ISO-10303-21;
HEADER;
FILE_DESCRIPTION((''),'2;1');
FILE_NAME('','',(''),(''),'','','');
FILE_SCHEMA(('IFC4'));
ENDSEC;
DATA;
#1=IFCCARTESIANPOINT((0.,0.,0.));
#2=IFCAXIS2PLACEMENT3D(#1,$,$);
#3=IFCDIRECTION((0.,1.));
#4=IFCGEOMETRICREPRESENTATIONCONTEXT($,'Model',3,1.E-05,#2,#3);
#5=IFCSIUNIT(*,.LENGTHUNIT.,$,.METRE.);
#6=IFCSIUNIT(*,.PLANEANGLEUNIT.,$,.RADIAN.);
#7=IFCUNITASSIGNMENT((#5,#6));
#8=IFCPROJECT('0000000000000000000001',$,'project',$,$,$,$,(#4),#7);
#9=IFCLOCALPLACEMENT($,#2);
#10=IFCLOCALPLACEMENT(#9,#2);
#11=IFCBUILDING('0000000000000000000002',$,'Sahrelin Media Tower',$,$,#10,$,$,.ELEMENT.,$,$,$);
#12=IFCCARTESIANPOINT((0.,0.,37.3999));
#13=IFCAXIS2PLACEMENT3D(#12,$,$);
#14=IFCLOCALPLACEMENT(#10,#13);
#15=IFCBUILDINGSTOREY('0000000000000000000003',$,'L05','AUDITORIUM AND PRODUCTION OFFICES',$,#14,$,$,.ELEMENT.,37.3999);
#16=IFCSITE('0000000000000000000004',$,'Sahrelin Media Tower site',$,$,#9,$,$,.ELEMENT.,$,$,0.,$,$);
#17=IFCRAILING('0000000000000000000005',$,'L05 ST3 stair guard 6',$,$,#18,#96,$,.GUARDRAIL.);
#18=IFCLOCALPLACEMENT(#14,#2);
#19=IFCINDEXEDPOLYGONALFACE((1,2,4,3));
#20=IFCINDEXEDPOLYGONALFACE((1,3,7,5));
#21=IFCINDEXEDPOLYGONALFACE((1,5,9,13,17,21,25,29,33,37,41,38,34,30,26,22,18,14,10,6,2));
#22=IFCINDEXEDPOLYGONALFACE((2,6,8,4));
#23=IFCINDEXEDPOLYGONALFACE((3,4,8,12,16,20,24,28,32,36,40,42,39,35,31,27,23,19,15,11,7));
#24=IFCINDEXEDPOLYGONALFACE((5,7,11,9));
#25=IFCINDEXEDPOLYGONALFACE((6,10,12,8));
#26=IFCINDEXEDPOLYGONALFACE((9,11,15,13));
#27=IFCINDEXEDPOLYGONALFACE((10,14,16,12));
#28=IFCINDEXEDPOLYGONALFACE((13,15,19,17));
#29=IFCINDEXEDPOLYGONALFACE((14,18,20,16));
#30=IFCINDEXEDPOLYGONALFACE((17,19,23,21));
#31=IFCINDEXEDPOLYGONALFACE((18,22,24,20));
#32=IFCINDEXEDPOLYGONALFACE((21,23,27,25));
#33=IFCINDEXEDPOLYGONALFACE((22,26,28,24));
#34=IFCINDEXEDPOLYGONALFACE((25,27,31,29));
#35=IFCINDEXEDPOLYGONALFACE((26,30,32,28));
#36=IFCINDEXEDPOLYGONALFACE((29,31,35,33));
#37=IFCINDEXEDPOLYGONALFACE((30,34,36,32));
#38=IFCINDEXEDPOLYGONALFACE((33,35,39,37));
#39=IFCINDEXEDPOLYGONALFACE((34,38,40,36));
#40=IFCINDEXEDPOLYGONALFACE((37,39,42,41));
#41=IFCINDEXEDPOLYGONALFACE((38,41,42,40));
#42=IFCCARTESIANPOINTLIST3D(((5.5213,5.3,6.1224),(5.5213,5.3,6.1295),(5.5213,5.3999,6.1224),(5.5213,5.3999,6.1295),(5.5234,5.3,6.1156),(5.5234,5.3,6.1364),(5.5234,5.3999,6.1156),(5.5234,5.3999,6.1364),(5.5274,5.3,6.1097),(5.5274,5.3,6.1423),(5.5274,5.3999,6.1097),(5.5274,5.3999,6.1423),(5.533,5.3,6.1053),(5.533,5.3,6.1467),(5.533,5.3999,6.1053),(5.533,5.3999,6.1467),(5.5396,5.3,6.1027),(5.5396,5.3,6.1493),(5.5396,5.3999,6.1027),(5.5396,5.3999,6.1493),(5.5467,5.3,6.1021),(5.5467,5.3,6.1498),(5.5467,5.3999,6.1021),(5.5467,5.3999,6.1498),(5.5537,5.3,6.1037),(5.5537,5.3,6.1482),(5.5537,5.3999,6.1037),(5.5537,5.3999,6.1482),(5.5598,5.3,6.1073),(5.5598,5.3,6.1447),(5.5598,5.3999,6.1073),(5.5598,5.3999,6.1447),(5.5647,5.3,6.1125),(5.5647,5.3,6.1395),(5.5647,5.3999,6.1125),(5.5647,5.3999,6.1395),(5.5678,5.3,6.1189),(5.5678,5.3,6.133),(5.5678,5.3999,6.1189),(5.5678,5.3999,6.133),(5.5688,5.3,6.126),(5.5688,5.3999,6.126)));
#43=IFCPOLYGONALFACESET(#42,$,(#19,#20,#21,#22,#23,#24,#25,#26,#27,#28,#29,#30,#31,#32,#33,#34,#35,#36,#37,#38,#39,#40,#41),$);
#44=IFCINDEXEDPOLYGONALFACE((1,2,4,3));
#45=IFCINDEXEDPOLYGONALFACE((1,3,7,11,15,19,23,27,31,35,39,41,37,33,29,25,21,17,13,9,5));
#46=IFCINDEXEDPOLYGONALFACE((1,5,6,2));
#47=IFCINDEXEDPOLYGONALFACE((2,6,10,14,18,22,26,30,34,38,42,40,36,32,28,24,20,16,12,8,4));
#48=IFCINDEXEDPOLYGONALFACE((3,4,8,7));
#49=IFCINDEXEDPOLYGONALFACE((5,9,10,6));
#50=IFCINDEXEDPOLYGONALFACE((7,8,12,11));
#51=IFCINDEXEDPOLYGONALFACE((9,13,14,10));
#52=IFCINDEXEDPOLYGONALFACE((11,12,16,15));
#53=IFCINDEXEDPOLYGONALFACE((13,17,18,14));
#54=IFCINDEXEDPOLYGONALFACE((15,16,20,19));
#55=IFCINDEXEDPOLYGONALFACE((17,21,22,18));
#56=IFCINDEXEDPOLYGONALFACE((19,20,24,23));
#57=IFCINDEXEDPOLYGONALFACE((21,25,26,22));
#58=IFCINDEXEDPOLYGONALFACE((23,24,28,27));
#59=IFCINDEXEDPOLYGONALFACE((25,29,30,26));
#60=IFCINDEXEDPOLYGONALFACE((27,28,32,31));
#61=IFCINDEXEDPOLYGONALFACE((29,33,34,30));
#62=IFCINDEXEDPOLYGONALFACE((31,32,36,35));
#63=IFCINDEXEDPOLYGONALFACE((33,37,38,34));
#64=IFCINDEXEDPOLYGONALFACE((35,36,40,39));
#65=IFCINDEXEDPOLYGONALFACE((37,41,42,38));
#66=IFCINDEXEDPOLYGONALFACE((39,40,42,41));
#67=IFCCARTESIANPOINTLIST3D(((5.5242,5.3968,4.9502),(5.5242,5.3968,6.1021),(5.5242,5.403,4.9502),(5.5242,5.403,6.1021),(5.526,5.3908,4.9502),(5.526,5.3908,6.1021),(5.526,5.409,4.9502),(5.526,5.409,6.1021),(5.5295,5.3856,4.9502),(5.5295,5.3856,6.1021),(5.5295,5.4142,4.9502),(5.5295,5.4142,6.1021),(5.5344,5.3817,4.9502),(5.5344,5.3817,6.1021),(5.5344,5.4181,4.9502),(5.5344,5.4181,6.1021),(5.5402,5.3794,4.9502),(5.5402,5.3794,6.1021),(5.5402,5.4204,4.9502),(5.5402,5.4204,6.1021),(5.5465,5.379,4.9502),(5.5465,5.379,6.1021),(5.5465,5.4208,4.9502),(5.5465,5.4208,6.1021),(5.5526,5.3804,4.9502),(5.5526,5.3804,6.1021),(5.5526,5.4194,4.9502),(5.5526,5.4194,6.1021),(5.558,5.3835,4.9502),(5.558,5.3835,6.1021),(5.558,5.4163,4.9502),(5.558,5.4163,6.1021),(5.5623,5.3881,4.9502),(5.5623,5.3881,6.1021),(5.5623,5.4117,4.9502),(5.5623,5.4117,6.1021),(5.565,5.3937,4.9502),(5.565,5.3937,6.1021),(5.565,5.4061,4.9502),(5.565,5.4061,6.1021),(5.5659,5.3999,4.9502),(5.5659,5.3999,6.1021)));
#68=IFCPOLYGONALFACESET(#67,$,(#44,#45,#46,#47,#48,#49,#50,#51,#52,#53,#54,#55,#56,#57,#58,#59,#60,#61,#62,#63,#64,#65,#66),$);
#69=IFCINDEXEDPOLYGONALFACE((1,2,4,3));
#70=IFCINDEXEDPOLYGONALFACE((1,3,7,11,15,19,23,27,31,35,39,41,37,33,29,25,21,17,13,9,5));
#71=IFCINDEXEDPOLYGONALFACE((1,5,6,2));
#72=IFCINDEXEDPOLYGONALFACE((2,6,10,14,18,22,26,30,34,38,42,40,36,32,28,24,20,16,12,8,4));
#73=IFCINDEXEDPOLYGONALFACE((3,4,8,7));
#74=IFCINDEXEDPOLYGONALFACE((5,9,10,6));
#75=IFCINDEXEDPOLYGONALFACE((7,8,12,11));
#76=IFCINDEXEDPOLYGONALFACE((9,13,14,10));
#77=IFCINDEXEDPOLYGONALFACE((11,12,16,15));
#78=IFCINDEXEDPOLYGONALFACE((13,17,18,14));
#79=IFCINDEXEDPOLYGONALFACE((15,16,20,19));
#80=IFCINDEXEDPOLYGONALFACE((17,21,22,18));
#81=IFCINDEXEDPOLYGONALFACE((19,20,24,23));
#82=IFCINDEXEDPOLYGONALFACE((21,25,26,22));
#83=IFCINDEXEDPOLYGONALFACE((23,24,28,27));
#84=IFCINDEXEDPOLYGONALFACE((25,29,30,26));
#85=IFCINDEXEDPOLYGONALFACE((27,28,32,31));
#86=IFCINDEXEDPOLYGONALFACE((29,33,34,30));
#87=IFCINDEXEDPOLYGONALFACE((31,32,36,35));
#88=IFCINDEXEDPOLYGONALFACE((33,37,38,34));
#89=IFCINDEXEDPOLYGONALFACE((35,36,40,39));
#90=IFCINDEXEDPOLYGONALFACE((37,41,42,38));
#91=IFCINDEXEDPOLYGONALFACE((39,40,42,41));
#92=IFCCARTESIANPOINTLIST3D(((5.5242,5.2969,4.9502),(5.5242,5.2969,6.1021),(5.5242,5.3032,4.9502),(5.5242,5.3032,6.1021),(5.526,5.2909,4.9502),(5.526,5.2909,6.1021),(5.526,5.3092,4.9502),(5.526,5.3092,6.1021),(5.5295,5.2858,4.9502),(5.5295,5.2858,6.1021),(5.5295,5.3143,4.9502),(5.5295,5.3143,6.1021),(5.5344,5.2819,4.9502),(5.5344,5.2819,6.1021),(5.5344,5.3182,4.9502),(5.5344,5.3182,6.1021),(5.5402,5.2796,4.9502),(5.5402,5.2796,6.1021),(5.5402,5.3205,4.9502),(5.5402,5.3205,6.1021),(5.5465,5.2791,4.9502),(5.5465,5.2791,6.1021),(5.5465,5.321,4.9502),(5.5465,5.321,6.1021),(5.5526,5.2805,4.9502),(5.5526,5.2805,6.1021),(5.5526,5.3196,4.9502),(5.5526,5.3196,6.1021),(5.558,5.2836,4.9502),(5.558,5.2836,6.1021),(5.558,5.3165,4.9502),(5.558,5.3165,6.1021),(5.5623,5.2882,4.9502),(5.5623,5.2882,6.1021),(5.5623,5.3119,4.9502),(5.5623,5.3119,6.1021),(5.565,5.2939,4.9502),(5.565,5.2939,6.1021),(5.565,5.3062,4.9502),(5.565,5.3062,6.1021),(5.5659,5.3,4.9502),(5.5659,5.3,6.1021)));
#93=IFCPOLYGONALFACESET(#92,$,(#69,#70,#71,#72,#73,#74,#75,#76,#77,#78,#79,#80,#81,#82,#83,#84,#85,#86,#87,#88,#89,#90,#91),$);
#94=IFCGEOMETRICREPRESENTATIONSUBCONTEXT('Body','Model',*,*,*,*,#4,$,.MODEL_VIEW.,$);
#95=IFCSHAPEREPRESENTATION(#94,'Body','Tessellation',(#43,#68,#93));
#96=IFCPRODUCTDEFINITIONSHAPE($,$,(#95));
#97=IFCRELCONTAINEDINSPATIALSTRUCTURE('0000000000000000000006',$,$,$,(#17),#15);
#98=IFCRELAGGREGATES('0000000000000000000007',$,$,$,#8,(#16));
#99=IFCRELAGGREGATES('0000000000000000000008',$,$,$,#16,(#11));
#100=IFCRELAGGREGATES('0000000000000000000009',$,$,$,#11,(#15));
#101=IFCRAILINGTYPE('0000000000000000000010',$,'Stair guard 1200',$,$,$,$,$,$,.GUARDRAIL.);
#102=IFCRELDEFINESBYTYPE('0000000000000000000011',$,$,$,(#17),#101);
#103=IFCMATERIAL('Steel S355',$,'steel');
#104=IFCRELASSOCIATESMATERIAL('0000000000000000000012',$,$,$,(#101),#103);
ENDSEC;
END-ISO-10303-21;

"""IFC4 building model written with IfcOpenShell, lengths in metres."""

from ifc_helpers import new_model, si_unit, direction, frame, origin, origin_2d, place, context, subcontext, project, spatial, circle, extrude, material, type_object, element, save


model = new_model("IFC4")

# Units and contexts
model_context = context("Model", 3, precision=1e-05, world=origin(), true_north=direction((0.0, 1.0)))
body_context = subcontext(model_context, "Body", "Model", "MODEL_VIEW")
ifc_project = project(units=[si_unit("LENGTHUNIT", "METRE"), si_unit("PLANEANGLEUNIT", "RADIAN")], contexts=[model_context])

# Site, building, storey
site_placement = place(None, origin())
site = spatial("IfcSite", under=ifc_project, at=site_placement, Name="Sahrelin Media Tower site", CompositionType="ELEMENT", RefElevation=0.0)
building_placement = place(site_placement, origin())
building = spatial("IfcBuilding", under=site, at=building_placement, Name="Sahrelin Media Tower", CompositionType="ELEMENT")
storey_placement = place(building_placement, frame((0.0, 0.0, 37.3999)))
storey = spatial("IfcBuildingStorey", under=building, at=storey_placement, Name="L05", Description="AUDITORIUM AND PRODUCTION OFFICES", CompositionType="ELEMENT", Elevation=37.3999)

# Shared definitions
ifc_material_1 = material(Name="Steel S355", Category="steel")

# Railing
railing_type_1 = type_object("IfcRailingType", Name="Stair guard 1200", PredefinedType="GUARDRAIL", material=ifc_material_1)
railing_1_placement = place(storey_placement, frame((5.5449, 5.3999, 4.9502)))
element("IfcRailing", 1, at=railing_1_placement, inside=storey, type_object=railing_type_1, Name="L05 ST3 stair guard 6", PredefinedType="GUARDRAIL", context=body_context, shape_type="SweptSolid", body=[
    extrude(circle(Radius=0.0239, at=origin_2d()), frame((0.0, 0.0, 1.1758), z_axis=(0.0, -1.0, 0.0), x_axis=(1.0, 0.0, 0.0)), (0.0, 0.0, 1.0), 0.0999),
    extrude(circle(Radius=0.021, at=origin_2d()), origin(), (0.0, 0.0, 1.0), 1.1519),
    extrude(circle(Radius=0.021, at=origin_2d()), frame((0.0, -0.0999, 0.0)), (0.0, 0.0, 1.0), 1.1519),
])

save(model, "model.ifc")
